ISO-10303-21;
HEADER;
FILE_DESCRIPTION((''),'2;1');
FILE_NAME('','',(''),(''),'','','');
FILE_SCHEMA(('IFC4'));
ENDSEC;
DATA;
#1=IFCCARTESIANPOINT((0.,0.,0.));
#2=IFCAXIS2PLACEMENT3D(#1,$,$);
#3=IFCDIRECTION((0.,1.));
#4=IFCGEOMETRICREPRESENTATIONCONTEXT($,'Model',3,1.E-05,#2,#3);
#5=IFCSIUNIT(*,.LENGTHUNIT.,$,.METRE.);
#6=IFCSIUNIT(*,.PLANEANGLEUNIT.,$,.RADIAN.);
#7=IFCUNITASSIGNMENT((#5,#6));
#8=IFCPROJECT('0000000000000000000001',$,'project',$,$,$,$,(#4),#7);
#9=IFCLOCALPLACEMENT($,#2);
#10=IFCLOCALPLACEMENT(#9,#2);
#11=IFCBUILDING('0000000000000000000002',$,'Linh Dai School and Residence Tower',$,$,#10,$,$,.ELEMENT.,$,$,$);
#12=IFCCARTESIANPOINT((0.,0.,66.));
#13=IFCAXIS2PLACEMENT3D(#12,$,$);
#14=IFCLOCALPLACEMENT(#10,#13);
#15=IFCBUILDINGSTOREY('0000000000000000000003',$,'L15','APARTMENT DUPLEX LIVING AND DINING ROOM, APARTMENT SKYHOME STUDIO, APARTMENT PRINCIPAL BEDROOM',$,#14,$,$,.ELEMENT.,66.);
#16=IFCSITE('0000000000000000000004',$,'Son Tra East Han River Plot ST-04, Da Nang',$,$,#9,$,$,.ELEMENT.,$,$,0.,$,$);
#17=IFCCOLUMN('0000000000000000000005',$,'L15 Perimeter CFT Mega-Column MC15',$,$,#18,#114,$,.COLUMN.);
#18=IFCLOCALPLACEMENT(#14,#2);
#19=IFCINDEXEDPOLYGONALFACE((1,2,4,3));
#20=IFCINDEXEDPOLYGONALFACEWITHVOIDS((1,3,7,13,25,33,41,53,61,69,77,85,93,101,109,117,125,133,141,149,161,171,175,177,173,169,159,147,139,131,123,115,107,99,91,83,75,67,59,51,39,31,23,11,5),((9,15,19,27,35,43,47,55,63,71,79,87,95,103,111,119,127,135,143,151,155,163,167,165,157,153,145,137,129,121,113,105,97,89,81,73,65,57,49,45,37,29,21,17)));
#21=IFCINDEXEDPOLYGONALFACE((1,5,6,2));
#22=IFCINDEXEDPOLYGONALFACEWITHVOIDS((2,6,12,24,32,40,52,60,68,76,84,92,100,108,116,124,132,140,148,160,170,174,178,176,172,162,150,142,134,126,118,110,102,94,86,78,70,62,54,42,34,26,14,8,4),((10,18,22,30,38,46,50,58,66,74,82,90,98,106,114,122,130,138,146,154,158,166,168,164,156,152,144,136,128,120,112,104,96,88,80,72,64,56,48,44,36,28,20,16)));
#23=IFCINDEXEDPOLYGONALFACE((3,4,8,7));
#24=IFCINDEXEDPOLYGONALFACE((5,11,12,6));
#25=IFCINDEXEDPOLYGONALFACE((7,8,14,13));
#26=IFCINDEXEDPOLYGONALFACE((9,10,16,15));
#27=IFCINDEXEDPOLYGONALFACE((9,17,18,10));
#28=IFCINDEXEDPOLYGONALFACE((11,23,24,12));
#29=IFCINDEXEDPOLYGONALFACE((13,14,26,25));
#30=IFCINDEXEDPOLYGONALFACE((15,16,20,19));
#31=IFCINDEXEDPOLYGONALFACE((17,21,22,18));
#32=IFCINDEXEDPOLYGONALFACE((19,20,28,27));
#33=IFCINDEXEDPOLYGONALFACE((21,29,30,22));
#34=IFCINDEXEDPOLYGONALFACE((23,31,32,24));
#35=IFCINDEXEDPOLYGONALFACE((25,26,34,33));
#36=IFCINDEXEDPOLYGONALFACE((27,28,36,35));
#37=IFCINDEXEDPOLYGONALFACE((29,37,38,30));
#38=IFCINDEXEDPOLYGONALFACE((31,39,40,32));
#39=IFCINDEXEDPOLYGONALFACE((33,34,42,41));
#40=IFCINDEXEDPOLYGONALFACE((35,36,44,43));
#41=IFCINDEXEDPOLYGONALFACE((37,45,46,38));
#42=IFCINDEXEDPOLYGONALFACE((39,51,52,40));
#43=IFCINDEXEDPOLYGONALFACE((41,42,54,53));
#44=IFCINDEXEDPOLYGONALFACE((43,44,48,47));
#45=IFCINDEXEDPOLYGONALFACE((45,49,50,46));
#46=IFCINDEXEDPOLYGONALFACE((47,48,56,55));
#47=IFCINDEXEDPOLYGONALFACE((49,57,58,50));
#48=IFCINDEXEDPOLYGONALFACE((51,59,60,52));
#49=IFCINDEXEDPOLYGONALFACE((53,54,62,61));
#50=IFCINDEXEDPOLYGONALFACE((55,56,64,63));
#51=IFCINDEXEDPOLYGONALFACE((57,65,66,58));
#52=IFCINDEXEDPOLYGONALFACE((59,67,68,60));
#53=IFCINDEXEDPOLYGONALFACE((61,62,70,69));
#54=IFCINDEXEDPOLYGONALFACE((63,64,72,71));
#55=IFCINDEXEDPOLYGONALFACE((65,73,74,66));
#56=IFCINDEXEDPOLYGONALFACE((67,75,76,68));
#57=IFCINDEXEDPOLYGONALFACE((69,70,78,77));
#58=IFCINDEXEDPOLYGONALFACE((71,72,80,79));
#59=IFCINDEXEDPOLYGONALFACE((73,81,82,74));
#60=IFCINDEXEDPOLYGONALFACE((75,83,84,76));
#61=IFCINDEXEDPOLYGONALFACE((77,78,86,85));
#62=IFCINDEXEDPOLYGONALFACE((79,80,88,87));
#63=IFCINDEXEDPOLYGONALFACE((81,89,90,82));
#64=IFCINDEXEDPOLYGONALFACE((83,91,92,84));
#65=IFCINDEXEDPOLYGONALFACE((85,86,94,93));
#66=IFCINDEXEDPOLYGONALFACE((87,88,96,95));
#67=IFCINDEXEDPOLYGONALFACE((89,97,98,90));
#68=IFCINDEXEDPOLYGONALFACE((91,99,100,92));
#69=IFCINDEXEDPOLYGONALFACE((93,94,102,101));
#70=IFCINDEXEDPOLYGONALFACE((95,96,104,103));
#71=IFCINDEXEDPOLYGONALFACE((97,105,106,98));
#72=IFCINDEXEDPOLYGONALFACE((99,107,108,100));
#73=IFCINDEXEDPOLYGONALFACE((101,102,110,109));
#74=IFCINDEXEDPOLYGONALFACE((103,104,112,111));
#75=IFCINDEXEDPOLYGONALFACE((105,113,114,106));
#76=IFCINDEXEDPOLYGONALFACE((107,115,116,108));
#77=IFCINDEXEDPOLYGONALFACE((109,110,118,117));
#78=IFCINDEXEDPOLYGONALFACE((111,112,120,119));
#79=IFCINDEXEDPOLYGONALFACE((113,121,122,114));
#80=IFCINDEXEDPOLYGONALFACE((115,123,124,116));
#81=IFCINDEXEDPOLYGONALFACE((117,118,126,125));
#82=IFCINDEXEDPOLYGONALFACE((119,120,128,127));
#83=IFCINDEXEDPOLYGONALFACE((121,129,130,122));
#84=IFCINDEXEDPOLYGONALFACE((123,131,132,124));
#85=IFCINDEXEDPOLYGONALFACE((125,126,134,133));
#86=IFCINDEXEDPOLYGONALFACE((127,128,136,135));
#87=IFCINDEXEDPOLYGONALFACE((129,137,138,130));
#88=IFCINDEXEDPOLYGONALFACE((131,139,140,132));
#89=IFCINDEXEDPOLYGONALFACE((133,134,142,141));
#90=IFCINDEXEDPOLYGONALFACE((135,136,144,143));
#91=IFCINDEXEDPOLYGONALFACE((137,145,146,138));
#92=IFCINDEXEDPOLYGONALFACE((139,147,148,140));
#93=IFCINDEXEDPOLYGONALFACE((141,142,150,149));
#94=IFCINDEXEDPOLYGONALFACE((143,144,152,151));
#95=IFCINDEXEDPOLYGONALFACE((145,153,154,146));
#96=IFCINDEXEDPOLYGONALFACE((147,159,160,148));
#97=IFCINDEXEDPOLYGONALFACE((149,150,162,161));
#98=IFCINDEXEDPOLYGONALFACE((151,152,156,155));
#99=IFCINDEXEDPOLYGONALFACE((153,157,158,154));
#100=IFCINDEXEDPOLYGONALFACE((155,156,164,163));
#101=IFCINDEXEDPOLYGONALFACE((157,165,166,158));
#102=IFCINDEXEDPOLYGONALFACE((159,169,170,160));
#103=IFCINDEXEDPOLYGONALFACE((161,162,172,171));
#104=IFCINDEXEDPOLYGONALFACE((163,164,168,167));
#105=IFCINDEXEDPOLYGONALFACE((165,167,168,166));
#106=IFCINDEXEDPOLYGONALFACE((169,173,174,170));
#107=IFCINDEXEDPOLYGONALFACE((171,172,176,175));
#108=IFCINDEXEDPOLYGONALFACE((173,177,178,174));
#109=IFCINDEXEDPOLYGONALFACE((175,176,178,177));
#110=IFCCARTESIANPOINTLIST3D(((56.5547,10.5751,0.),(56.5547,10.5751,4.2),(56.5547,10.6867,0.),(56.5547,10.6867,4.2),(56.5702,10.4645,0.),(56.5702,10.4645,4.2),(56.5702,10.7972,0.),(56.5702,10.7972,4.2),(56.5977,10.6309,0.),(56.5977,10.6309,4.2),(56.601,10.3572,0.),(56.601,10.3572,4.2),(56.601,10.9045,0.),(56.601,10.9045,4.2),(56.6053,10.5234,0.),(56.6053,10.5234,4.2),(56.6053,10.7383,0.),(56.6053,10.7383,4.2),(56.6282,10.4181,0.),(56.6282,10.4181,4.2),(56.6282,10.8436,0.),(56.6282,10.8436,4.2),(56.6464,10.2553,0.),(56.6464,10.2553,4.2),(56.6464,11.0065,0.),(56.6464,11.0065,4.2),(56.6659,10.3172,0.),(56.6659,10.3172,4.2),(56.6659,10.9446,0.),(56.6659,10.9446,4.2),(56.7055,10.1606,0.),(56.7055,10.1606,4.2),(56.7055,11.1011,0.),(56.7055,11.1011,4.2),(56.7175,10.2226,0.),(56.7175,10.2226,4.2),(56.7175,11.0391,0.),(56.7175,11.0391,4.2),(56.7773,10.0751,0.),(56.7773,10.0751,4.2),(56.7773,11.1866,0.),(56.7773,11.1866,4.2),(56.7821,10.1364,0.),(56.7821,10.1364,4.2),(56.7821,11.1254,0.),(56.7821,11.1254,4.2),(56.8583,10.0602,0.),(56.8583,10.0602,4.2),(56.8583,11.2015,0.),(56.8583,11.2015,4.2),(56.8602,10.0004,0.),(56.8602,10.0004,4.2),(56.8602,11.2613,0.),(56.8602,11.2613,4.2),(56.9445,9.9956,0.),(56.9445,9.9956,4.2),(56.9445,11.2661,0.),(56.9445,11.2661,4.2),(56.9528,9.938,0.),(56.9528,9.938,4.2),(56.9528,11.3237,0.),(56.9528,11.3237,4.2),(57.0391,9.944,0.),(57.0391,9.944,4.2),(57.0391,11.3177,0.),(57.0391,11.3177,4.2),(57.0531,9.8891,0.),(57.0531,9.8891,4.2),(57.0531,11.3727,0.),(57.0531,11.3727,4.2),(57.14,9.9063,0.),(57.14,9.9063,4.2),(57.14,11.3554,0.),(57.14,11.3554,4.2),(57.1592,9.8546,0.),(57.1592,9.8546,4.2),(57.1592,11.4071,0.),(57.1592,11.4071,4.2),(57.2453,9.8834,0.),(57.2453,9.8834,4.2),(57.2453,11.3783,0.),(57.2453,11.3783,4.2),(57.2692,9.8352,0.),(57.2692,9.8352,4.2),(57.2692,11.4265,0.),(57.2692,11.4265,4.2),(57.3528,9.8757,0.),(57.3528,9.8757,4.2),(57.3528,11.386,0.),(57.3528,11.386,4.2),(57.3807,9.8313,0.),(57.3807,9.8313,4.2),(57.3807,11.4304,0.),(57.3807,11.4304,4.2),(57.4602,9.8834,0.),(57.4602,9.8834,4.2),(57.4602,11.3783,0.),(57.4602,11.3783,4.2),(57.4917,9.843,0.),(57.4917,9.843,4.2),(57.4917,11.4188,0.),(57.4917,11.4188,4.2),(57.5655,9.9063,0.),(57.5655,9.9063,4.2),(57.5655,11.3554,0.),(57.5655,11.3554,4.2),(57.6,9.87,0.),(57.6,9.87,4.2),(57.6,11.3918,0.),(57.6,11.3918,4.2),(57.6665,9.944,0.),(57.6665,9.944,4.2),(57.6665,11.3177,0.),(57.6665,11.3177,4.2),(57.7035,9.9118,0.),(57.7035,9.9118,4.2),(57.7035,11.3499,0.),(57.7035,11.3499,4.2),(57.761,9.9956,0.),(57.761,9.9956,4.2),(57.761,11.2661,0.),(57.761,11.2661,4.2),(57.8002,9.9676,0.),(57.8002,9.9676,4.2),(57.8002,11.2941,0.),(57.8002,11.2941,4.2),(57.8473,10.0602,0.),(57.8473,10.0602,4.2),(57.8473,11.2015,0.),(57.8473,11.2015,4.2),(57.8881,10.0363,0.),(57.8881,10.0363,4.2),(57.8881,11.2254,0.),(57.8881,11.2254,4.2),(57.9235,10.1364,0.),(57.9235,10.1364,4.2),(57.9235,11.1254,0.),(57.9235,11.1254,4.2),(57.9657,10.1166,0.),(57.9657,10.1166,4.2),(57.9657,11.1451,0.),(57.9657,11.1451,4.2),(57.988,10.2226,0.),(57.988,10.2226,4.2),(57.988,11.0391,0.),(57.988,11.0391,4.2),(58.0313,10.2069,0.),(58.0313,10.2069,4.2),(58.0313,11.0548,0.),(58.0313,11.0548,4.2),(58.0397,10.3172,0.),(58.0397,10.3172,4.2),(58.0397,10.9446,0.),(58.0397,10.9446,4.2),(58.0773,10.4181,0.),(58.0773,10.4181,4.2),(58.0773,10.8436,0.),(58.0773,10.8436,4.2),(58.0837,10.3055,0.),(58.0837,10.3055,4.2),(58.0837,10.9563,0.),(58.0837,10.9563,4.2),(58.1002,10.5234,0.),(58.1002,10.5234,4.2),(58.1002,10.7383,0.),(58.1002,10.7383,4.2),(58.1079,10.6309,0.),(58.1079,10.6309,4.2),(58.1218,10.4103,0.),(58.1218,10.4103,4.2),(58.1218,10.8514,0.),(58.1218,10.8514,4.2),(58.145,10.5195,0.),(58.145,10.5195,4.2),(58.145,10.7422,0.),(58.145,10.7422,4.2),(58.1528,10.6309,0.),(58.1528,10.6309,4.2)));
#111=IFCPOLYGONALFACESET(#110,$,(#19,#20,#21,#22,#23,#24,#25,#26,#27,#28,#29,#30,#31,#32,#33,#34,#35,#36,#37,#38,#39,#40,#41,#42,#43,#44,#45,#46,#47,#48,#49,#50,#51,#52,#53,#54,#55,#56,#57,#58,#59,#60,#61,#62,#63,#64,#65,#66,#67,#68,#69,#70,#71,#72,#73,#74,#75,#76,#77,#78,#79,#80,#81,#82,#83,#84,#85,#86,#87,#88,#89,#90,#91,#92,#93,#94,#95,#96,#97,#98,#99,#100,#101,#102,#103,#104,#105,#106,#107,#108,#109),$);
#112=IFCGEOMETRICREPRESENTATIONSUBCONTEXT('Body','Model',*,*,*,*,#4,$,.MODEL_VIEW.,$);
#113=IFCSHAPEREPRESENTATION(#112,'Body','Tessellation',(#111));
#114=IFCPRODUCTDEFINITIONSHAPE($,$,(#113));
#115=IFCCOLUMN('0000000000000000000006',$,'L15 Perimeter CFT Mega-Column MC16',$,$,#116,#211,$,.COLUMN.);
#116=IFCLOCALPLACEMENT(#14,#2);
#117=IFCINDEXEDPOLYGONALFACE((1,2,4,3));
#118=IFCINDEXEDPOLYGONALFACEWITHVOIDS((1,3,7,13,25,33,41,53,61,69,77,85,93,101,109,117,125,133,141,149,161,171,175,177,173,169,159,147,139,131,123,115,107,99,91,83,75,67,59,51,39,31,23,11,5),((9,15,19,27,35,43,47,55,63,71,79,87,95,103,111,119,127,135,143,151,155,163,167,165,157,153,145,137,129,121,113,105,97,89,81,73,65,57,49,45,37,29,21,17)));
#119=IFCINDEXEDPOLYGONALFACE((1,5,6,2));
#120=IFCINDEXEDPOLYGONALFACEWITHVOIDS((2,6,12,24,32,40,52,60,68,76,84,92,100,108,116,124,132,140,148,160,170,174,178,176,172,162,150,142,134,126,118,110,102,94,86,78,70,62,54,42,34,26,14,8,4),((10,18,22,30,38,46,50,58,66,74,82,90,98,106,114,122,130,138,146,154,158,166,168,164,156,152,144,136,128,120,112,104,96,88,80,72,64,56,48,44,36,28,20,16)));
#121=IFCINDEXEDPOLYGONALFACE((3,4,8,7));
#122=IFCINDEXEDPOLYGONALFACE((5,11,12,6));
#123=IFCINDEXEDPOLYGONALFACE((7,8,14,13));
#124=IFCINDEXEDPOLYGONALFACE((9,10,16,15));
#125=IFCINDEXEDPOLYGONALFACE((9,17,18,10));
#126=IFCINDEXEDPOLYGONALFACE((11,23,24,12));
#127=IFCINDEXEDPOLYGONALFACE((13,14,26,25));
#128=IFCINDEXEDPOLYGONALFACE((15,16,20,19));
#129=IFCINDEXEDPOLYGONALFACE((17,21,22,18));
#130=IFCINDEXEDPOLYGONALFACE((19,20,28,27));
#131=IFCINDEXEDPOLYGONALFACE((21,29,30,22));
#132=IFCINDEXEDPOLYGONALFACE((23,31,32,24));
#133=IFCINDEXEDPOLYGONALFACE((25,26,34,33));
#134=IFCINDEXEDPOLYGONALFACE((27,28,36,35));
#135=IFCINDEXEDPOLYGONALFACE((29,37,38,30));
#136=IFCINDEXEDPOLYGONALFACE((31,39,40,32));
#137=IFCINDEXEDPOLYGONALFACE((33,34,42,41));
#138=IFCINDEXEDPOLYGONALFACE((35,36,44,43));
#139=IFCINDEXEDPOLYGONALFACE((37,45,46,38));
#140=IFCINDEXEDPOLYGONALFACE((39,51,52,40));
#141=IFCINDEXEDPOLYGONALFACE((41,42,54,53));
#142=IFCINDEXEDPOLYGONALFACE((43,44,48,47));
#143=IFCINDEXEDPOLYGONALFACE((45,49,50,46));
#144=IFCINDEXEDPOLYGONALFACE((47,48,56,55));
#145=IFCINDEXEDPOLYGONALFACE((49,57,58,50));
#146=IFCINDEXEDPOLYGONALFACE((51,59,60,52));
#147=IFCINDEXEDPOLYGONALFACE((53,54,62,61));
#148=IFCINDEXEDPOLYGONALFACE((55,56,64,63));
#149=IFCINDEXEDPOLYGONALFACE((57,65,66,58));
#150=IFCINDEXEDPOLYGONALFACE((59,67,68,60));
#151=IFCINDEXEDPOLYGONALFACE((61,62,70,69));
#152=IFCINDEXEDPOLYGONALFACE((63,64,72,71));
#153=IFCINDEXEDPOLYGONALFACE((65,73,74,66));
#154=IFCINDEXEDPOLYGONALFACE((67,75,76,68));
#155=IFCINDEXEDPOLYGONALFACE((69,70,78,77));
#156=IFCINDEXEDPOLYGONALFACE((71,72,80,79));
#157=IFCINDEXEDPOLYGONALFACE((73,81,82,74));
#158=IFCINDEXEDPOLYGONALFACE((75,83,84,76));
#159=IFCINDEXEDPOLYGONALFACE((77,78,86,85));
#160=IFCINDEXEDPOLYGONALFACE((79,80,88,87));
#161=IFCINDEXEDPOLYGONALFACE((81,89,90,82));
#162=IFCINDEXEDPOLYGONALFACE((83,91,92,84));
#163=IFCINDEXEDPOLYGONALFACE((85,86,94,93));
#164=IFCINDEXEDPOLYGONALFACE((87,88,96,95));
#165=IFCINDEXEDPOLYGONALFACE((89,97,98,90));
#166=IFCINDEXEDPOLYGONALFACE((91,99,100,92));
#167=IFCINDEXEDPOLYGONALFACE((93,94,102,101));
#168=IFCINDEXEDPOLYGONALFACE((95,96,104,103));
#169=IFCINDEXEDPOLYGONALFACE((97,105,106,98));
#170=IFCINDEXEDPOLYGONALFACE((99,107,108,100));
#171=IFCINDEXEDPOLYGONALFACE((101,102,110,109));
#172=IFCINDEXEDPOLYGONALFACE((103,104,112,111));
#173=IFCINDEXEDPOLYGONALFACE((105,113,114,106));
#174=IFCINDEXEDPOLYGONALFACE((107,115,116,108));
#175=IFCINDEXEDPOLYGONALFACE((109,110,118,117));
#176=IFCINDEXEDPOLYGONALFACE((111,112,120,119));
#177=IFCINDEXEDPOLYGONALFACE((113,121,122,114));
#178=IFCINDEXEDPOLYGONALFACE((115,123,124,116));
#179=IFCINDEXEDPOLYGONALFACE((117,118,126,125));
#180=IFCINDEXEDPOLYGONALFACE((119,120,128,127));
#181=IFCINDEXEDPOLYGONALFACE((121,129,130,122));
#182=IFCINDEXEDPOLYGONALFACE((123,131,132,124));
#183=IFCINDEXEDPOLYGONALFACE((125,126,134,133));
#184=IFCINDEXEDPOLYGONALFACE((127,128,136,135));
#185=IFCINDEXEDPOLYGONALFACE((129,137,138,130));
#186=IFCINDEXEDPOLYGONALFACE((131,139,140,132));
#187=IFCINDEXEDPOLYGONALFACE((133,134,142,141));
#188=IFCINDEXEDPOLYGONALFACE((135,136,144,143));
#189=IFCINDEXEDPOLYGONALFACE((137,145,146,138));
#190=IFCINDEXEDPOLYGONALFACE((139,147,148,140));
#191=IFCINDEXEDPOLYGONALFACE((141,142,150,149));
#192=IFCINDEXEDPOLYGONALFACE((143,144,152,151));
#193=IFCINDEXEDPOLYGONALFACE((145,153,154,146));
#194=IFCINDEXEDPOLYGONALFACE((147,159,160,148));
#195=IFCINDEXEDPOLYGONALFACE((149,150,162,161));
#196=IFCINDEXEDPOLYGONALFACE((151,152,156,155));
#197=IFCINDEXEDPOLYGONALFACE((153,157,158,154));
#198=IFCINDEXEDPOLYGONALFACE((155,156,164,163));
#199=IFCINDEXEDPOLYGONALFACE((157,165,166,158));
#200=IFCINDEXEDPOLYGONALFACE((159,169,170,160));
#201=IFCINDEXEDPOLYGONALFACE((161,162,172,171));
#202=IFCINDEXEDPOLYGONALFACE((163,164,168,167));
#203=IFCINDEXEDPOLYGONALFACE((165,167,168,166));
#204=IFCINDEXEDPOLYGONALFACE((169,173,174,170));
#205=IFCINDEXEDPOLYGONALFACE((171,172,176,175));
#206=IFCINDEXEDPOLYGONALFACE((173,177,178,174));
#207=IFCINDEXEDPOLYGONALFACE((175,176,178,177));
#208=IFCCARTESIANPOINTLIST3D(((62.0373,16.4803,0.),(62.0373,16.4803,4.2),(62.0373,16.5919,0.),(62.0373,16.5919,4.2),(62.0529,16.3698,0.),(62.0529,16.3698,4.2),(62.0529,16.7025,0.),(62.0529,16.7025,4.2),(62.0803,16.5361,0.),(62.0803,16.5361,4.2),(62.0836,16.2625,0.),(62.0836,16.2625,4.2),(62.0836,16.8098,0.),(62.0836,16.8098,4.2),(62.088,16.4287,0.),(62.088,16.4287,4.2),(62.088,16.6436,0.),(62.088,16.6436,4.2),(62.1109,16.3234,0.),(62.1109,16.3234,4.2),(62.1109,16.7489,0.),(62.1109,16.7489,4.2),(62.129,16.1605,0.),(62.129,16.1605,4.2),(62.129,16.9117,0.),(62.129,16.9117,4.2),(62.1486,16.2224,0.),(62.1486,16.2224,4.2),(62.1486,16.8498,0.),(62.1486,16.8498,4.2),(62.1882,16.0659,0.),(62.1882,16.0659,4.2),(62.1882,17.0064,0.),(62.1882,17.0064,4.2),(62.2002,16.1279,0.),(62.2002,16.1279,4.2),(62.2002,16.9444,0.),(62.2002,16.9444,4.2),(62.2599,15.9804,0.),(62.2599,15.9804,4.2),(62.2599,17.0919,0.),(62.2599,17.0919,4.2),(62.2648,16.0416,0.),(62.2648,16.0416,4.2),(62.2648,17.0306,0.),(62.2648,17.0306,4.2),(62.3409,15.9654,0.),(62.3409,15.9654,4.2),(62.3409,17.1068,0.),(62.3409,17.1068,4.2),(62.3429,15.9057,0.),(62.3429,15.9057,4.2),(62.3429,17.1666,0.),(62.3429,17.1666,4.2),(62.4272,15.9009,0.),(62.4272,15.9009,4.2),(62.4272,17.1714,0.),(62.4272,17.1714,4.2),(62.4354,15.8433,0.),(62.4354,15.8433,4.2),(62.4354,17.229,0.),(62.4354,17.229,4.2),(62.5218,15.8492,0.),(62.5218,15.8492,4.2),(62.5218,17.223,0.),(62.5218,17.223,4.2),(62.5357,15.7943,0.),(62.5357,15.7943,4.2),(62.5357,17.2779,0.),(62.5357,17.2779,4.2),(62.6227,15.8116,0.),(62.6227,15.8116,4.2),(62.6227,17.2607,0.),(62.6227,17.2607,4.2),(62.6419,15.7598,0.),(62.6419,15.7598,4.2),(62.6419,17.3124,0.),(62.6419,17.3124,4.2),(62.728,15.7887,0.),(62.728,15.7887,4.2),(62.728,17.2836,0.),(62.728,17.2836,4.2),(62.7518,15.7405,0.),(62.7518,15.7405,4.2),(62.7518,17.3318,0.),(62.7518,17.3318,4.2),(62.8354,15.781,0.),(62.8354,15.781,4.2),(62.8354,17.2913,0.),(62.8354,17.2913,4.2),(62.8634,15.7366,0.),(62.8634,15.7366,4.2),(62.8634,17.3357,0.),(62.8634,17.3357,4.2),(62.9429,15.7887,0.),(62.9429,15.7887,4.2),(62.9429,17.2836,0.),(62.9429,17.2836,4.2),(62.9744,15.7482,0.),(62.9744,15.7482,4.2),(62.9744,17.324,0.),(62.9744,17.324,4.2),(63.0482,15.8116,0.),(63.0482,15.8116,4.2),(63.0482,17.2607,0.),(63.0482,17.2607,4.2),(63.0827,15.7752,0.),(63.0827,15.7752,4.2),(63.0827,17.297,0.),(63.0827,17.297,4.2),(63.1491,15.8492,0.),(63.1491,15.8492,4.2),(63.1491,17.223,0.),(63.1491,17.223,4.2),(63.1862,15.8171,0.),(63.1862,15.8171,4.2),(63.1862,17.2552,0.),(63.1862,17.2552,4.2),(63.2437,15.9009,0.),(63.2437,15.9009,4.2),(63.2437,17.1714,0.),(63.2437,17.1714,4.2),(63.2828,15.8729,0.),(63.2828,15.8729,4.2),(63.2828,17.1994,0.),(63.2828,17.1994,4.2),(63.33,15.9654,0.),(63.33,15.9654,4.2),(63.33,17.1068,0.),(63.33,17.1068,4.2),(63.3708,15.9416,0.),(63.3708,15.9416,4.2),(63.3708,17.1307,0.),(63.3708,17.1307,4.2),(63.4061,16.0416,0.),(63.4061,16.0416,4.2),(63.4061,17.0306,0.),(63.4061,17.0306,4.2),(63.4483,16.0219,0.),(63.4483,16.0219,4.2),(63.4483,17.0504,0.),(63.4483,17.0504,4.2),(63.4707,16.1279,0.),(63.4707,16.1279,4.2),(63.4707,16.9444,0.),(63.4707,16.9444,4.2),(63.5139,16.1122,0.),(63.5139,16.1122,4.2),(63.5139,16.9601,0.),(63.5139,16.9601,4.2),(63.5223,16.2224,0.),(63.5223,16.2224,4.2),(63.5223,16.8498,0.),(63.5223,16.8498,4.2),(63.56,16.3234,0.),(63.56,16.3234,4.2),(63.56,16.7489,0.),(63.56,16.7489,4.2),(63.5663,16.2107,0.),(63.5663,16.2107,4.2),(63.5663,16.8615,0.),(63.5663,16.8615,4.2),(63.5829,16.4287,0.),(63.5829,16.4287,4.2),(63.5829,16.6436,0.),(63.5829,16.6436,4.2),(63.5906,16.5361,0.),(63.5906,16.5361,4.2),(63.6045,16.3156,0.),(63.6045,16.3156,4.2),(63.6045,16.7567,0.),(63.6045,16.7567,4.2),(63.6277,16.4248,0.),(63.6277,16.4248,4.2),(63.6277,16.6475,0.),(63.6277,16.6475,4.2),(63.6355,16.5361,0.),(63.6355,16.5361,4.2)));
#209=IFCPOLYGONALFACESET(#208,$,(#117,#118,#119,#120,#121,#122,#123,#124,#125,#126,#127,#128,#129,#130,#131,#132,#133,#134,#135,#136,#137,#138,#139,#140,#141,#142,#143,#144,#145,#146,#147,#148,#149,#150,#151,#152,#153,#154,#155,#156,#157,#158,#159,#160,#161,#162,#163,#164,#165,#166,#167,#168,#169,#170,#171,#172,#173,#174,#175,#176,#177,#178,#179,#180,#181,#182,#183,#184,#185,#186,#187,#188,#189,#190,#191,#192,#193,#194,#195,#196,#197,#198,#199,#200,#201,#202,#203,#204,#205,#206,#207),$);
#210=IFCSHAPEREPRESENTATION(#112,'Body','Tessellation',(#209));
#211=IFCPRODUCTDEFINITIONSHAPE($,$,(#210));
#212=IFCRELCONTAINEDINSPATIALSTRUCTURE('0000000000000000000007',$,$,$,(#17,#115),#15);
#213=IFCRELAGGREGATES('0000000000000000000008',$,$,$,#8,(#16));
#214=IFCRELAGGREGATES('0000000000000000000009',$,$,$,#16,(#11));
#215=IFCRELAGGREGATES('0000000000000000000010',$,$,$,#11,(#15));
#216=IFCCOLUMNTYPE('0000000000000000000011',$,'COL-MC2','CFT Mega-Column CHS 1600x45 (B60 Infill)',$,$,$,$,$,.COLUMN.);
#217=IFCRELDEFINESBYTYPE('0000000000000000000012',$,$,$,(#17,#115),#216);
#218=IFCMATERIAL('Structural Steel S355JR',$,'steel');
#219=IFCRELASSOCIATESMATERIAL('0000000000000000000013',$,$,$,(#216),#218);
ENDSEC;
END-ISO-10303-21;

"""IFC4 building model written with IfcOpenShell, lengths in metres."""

from ifc_helpers import new_model, si_unit, direction, frame, origin, origin_2d, place, context, subcontext, project, spatial, hollow_circle, extrude, material, material_profile, profile_set, type_object, element, save


model = new_model("IFC4")

# Units and contexts
model_context = context("Model", 3, precision=1e-05, world=origin(), true_north=direction((0.0, 1.0)))
body_context = subcontext(model_context, "Body", "Model", "MODEL_VIEW")
ifc_project = project(units=[si_unit("LENGTHUNIT", "METRE"), si_unit("PLANEANGLEUNIT", "RADIAN")], contexts=[model_context])

# Site, building, storey
site_placement = place(None, origin())
site = spatial("IfcSite", under=ifc_project, at=site_placement, Name="Son Tra East Han River Plot ST-04, Da Nang", CompositionType="ELEMENT", RefElevation=0.0)
building_placement = place(site_placement, origin())
building = spatial("IfcBuilding", under=site, at=building_placement, Name="Linh Dai School and Residence Tower", CompositionType="ELEMENT")
storey_placement = place(building_placement, frame((0.0, 0.0, 66.0)))
storey = spatial("IfcBuildingStorey", under=building, at=storey_placement, Name="L15", Description="APARTMENT DUPLEX LIVING AND DINING ROOM, APARTMENT SKYHOME STUDIO, APARTMENT PRINCIPAL BEDROOM", CompositionType="ELEMENT", Elevation=66.0)

# Columns
ifc_material_1 = material(Name="Structural Steel S355JR", Category="steel")
ifc_material_profile_1 = material_profile(ifc_material_1, hollow_circle(Radius=0.8, WallThickness=0.0449, at=origin_2d()), Name="CHS 1600x45")
ifc_profile_set_1 = profile_set([ifc_material_profile_1], Name="Structural Steel S355JR")
column_type = type_object("IfcColumnType", Name="COL-MC2", Description="CFT Mega-Column CHS 1600x45 (B60 Infill)", PredefinedType="COLUMN", material=ifc_profile_set_1)
for number, where, z_axis, x_axis, name in (
    (1, (57.3528, 10.6309, 0.0), (0.0, 0.0, 1.0), (1.0, 0.0, 0.0), "L15 Perimeter CFT Mega-Column MC15"),
    (2, (62.8354, 16.5361, 0.0), (0.0, 0.0, 1.0), (1.0, 0.0, 0.0), "L15 Perimeter CFT Mega-Column MC16"),
):
    element("IfcColumn", number, at=place(storey_placement, frame(where, z_axis=z_axis, x_axis=x_axis)), inside=storey, type_object=column_type, Name=name, PredefinedType="COLUMN", context=body_context, shape_type="SweptSolid", body=[
        extrude(hollow_circle(Radius=0.8, WallThickness=0.0449, at=origin_2d()), origin(), (0.0, 0.0, 1.0), 4.2),
    ])

save(model, "model.ifc")
